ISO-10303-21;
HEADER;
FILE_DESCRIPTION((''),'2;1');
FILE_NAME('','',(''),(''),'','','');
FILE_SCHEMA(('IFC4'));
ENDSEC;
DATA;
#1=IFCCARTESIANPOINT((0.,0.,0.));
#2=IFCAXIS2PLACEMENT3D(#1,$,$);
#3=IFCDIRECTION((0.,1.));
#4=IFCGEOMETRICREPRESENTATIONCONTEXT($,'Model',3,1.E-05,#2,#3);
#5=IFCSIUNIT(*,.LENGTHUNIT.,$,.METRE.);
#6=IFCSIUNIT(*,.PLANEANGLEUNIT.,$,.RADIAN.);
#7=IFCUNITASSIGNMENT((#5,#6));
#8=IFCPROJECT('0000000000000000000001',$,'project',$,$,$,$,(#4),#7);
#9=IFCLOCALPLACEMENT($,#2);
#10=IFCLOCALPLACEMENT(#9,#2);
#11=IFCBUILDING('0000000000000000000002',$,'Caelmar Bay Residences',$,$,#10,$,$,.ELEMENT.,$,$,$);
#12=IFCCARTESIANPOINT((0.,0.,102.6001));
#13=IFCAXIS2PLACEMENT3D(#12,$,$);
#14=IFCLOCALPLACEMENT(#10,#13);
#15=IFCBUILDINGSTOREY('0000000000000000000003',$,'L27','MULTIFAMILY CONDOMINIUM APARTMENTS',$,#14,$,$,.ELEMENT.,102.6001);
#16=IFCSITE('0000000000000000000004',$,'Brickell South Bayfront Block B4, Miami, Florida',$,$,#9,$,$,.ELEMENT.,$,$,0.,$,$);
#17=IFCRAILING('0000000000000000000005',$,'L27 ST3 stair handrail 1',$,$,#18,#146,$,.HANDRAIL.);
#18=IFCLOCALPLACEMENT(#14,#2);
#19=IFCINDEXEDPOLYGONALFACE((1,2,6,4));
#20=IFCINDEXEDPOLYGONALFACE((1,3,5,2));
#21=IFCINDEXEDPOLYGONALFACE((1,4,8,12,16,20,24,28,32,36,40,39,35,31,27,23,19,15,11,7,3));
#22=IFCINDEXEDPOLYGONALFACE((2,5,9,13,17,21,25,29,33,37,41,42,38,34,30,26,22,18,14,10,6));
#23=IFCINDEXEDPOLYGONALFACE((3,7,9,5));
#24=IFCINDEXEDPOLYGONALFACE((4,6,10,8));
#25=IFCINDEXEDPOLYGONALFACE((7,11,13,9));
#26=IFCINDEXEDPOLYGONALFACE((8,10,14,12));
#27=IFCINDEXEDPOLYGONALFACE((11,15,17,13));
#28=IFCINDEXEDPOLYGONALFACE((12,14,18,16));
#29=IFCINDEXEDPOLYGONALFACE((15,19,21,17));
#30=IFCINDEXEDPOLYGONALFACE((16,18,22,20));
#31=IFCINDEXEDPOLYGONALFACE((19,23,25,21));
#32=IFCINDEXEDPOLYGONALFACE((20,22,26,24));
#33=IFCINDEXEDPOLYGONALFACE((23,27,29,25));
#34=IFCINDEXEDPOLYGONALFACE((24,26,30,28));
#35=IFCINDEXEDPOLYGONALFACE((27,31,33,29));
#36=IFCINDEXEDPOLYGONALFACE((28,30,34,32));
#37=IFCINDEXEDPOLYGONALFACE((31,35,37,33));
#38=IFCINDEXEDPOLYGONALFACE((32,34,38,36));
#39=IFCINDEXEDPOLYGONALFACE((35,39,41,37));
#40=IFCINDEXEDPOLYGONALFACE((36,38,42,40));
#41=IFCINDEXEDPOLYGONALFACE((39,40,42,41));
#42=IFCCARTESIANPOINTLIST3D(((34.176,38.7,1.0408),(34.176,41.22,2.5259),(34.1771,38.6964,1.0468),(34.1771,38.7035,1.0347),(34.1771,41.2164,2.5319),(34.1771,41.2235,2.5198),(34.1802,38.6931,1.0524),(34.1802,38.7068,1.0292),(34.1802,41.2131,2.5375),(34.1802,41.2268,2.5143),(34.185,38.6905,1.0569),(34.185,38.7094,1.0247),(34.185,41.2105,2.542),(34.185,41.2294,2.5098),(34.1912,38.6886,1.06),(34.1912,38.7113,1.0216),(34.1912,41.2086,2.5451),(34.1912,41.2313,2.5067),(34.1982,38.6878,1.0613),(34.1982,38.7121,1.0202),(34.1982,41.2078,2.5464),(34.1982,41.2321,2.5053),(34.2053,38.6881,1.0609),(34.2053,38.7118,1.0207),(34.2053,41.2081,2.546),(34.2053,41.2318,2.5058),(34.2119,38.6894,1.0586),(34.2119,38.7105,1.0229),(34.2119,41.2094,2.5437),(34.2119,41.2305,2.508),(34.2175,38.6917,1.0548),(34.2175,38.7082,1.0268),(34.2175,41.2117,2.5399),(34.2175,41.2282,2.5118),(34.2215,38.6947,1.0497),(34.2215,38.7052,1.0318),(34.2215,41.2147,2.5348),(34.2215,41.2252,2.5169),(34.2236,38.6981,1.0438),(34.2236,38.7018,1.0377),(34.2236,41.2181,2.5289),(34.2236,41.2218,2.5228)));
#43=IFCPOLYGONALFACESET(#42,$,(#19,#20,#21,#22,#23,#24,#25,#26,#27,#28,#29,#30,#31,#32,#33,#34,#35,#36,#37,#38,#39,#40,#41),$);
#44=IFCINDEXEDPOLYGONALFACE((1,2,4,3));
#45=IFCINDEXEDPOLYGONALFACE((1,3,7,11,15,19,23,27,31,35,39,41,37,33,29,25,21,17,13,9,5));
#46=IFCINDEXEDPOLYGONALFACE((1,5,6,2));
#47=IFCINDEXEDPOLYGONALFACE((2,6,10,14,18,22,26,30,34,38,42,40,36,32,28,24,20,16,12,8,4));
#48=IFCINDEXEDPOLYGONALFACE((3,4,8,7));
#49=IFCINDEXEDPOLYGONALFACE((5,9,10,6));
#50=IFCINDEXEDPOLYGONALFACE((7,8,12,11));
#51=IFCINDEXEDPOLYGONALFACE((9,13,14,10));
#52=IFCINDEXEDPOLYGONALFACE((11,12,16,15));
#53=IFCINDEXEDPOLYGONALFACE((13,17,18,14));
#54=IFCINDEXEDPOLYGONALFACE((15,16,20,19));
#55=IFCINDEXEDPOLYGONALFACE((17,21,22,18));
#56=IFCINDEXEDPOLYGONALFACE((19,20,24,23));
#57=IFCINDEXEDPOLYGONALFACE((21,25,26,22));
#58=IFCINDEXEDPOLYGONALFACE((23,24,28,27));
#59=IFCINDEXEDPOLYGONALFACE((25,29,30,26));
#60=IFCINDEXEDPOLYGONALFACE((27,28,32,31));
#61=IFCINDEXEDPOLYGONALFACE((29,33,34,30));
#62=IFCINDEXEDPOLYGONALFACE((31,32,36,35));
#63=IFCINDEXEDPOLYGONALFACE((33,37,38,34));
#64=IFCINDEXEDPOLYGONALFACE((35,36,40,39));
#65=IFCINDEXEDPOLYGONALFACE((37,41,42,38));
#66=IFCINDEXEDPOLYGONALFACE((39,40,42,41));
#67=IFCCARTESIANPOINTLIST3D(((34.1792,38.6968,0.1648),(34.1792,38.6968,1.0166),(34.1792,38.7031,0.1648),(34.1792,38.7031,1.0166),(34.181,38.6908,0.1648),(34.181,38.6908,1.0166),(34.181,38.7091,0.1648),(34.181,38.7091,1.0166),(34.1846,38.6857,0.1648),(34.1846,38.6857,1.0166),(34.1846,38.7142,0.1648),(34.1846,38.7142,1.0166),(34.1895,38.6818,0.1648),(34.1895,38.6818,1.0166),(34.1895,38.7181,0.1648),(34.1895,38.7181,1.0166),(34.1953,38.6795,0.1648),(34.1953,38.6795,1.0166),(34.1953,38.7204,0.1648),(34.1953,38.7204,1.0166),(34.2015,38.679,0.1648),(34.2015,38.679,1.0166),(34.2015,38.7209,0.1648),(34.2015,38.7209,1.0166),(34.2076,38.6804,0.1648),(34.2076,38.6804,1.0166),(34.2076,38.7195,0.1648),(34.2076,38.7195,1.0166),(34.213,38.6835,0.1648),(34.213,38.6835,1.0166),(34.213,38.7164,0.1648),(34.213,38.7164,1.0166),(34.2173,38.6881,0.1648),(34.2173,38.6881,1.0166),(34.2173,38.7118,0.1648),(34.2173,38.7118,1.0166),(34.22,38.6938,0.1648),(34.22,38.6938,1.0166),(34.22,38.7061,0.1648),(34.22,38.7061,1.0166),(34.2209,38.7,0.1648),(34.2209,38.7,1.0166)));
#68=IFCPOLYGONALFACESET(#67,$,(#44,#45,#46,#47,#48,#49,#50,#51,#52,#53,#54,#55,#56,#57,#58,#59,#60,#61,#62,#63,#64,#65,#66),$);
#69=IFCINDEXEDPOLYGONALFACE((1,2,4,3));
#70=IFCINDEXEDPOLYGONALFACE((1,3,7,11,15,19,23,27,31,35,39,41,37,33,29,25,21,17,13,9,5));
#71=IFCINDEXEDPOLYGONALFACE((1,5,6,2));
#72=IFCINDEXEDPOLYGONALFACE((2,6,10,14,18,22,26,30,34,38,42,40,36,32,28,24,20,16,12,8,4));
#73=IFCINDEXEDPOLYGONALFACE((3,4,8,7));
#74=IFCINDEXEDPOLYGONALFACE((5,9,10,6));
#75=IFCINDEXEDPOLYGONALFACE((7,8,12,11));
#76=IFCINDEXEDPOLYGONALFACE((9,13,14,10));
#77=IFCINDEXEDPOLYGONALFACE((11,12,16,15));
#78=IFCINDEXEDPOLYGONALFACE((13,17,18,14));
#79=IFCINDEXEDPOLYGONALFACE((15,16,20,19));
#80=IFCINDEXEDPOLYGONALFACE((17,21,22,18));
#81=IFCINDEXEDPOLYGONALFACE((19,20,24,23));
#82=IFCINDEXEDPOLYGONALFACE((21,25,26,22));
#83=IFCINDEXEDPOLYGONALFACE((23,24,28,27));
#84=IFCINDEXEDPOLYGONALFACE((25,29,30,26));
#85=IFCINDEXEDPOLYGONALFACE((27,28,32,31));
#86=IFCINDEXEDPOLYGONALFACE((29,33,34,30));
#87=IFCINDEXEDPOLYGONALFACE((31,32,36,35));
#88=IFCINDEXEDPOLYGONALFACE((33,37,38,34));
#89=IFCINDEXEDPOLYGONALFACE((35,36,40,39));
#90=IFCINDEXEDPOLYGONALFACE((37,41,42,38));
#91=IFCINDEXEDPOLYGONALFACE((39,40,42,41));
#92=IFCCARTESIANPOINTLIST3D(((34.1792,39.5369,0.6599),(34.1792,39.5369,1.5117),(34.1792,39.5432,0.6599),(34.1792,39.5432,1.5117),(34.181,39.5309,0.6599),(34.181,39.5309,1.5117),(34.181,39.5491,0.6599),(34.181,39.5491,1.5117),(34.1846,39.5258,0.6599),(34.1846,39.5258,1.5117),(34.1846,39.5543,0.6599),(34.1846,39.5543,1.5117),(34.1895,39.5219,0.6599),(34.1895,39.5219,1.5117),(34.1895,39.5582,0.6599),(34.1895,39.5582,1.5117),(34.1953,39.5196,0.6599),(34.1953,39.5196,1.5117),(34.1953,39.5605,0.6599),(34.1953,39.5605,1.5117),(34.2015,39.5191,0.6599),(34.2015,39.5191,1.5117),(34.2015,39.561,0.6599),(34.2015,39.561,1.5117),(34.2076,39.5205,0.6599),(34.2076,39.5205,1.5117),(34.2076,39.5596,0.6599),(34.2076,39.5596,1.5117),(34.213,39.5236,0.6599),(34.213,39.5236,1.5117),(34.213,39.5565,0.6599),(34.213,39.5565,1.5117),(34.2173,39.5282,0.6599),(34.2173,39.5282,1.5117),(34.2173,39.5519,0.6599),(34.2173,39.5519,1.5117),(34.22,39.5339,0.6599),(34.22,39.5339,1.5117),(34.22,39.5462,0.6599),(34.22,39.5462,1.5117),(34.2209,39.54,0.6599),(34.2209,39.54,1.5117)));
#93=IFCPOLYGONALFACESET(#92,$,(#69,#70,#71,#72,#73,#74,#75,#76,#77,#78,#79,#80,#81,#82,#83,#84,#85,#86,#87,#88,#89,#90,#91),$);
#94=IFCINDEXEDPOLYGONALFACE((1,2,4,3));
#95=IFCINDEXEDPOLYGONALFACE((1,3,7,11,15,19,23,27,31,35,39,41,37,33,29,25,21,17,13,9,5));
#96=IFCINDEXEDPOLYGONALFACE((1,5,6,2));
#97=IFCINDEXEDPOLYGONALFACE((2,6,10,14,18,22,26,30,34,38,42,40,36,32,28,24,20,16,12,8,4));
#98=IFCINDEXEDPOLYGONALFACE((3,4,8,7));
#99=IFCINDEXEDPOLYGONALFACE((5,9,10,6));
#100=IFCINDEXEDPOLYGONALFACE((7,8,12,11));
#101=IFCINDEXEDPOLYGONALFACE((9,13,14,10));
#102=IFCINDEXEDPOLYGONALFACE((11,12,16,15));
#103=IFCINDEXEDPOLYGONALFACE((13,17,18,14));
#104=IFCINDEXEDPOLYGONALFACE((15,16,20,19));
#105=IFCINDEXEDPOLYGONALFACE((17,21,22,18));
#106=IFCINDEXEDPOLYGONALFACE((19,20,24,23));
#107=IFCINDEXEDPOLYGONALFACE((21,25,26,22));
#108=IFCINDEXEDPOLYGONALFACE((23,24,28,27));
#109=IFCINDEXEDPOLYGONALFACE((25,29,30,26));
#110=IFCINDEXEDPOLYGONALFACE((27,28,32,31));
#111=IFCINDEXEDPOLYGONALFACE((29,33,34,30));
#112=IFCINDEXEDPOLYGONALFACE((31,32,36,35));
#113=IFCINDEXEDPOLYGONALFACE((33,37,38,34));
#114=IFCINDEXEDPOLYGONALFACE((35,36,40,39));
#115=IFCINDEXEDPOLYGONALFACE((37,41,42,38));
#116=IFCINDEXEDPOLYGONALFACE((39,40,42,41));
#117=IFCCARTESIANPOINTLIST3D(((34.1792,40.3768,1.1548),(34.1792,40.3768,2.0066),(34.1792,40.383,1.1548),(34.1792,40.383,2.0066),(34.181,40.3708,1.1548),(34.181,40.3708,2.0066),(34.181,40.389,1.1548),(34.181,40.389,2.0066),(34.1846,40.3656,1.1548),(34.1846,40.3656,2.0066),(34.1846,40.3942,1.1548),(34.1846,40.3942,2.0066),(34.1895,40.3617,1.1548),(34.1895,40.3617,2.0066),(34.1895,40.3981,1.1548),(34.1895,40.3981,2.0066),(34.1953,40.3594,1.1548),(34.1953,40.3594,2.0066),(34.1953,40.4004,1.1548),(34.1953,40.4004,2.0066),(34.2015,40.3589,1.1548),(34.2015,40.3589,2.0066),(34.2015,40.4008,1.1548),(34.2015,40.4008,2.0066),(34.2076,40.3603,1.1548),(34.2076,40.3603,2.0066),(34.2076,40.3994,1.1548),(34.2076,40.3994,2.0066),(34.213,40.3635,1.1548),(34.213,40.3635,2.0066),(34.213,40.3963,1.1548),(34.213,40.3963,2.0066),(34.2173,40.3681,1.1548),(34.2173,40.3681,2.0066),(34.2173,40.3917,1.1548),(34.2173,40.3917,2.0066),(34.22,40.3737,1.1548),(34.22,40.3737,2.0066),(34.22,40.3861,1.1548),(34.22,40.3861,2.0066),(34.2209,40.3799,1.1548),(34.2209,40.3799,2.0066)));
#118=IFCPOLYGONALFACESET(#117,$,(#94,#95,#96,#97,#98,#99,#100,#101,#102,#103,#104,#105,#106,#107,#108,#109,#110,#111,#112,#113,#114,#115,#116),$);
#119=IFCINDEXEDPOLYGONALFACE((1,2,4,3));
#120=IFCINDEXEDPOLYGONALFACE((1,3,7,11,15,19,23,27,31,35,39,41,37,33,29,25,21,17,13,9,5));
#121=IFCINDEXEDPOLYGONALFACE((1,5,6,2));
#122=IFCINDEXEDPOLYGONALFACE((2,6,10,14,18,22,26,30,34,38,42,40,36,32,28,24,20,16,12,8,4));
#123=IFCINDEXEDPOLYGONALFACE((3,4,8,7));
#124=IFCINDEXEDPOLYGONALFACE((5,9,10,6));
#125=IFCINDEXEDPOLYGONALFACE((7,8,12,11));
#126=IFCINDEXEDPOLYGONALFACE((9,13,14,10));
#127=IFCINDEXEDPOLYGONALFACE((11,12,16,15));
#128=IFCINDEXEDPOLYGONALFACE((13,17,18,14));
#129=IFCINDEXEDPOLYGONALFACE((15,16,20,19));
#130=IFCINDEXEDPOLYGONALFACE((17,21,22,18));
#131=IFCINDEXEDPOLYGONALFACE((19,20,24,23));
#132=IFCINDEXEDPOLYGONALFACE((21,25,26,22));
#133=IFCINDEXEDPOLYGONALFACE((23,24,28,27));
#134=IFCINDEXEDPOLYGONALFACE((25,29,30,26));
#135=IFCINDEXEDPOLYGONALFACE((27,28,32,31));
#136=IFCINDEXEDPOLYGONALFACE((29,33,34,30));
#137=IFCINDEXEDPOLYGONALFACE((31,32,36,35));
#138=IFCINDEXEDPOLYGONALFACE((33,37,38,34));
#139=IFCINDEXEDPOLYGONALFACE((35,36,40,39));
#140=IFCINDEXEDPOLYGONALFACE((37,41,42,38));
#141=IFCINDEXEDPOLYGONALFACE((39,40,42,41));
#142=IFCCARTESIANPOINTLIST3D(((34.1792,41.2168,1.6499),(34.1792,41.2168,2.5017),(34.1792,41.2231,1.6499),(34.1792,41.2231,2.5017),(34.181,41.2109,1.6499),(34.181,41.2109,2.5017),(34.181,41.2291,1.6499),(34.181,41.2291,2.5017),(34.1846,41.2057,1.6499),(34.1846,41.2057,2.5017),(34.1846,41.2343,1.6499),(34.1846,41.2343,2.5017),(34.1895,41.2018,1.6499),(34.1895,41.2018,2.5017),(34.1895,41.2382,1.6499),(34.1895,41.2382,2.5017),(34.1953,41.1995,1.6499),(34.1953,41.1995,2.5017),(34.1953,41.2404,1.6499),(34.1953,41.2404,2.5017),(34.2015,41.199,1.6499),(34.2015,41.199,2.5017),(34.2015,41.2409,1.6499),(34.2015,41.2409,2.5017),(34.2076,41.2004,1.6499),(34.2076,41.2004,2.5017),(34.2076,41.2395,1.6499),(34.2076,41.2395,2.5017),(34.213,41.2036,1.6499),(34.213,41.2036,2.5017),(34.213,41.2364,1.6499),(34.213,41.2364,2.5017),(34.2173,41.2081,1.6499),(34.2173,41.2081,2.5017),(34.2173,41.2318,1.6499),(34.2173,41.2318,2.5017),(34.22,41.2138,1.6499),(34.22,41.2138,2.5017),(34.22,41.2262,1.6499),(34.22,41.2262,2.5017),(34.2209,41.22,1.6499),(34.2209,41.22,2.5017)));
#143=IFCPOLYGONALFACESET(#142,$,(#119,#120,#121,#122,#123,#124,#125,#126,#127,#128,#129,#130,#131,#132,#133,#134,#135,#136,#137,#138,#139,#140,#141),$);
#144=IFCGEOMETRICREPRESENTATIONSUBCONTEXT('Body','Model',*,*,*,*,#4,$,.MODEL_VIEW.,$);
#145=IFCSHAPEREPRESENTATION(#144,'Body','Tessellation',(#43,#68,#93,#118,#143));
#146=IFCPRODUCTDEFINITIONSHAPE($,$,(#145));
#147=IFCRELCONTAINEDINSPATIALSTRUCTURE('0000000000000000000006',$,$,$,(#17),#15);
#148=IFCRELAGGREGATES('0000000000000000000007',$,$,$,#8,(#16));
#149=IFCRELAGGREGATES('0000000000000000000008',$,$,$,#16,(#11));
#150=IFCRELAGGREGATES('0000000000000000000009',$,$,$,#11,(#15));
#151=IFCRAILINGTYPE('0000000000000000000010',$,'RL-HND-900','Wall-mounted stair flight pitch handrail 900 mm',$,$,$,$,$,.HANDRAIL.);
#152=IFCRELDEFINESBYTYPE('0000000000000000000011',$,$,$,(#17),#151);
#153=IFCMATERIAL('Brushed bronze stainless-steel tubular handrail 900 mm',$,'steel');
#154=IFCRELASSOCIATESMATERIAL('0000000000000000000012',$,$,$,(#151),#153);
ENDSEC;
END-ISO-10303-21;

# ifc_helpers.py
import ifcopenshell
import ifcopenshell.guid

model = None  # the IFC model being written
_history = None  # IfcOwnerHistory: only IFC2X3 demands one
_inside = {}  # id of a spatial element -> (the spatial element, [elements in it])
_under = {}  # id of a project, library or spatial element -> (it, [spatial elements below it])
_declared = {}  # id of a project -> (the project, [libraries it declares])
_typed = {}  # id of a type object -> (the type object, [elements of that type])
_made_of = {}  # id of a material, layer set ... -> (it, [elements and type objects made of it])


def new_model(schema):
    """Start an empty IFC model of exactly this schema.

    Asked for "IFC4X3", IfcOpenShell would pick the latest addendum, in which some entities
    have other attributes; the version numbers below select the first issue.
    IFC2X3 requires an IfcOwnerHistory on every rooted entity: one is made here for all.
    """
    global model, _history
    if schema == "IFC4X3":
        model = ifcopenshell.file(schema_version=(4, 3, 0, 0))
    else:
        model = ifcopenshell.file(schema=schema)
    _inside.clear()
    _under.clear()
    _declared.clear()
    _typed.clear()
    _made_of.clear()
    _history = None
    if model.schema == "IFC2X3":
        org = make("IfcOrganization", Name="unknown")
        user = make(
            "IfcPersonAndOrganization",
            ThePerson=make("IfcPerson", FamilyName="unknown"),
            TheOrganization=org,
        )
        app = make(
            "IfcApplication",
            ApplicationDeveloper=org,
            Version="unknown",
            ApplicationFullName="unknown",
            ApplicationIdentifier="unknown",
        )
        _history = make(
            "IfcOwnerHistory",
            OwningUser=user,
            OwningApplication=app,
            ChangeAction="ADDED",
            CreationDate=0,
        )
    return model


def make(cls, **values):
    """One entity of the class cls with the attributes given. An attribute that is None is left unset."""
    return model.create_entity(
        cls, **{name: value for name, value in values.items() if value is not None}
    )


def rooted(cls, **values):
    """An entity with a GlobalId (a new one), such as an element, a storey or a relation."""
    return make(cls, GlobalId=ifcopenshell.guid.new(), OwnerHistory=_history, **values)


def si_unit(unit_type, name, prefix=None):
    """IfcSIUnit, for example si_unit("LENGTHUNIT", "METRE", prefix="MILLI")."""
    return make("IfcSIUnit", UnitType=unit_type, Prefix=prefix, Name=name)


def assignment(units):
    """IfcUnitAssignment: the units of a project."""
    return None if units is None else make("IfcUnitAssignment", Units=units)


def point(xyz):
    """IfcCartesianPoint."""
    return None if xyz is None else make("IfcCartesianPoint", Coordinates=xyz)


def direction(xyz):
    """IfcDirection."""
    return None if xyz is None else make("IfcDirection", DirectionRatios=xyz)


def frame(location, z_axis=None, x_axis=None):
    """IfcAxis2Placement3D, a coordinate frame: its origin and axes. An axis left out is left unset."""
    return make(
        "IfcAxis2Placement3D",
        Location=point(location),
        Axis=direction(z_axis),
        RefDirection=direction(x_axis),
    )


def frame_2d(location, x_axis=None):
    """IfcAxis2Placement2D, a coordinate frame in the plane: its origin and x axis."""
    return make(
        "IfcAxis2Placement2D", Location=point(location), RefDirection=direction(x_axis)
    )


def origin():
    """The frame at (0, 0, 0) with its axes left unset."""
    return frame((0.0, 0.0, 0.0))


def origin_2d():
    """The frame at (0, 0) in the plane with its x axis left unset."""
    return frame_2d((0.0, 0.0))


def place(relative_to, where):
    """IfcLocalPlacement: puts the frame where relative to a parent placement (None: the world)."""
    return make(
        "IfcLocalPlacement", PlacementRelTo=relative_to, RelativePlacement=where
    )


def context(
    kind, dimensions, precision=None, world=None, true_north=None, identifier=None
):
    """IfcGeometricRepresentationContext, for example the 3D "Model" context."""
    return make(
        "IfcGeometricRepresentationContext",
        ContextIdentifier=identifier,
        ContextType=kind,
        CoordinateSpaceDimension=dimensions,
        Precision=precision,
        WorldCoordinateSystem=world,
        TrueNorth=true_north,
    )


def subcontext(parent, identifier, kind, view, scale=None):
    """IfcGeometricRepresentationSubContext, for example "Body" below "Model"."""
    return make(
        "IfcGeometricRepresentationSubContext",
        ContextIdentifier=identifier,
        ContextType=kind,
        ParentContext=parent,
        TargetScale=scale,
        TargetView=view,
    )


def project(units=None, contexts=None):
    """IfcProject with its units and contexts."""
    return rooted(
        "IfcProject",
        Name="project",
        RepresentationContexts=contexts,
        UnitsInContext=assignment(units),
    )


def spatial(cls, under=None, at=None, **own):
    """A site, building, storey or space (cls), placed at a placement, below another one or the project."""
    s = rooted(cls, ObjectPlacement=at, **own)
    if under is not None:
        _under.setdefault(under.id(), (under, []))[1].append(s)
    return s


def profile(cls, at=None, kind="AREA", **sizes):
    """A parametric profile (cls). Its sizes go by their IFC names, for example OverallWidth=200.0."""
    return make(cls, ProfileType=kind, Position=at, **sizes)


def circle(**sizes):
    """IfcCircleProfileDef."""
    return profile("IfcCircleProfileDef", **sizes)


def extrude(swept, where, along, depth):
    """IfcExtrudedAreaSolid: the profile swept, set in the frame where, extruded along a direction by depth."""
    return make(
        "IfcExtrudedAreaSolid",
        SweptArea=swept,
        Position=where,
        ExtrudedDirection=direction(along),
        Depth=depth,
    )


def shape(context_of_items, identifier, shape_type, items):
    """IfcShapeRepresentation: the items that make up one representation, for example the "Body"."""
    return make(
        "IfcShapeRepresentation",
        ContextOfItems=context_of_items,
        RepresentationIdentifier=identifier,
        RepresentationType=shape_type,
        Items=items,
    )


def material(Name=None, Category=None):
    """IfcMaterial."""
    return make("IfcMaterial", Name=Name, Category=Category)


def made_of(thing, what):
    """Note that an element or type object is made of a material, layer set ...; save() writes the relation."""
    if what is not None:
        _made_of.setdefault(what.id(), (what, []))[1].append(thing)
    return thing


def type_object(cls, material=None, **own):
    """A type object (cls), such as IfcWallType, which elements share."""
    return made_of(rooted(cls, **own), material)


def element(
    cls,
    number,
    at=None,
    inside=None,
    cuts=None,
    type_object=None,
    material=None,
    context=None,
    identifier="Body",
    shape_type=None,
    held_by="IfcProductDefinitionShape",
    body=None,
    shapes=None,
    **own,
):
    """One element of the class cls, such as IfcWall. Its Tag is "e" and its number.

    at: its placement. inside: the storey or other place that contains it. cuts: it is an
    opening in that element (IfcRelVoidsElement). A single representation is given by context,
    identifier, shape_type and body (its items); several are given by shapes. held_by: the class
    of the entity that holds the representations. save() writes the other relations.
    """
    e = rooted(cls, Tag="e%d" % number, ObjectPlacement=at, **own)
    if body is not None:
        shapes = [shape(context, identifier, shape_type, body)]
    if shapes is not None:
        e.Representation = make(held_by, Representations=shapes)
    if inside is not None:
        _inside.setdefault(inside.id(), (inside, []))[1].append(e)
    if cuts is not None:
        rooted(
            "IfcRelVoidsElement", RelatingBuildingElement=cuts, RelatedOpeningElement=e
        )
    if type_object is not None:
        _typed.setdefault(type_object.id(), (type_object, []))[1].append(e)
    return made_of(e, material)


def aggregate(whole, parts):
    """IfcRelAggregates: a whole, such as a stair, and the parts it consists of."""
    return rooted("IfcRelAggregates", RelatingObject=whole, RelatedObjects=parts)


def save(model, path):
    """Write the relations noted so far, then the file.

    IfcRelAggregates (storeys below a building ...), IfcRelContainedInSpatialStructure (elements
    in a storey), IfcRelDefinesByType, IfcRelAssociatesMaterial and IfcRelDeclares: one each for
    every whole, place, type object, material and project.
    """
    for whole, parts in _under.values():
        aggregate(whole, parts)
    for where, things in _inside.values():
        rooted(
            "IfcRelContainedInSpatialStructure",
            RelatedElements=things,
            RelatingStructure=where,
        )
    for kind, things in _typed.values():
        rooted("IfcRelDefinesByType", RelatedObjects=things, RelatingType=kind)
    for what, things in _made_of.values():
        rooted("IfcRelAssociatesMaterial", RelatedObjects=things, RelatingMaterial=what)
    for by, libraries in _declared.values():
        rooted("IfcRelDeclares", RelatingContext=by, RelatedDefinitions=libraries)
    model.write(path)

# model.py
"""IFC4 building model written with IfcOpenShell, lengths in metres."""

from ifc_helpers import new_model, si_unit, direction, frame, origin, origin_2d, place, context, subcontext, project, spatial, circle, extrude, material, type_object, element, save


model = new_model("IFC4")

# Units and contexts
model_context = context("Model", 3, precision=1e-05, world=origin(), true_north=direction((0.0, 1.0)))
body_context = subcontext(model_context, "Body", "Model", "MODEL_VIEW")
ifc_project = project(units=[si_unit("LENGTHUNIT", "METRE"), si_unit("PLANEANGLEUNIT", "RADIAN")], contexts=[model_context])

# Site, building, storey
site_placement = place(None, origin())
site = spatial("IfcSite", under=ifc_project, at=site_placement, Name="Brickell South Bayfront Block B4, Miami, Florida", CompositionType="ELEMENT", RefElevation=0.0)
building_placement = place(site_placement, origin())
building = spatial("IfcBuilding", under=site, at=building_placement, Name="Caelmar Bay Residences", CompositionType="ELEMENT")
storey_placement = place(building_placement, frame((0.0, 0.0, 102.6001)))
storey = spatial("IfcBuildingStorey", under=building, at=storey_placement, Name="L27", Description="MULTIFAMILY CONDOMINIUM APARTMENTS", CompositionType="ELEMENT", Elevation=102.6001)

# Railing
ifc_material_1 = material(Name="Brushed bronze stainless-steel tubular handrail 900 mm", Category="steel")
railing_type_1 = type_object("IfcRailingType", Name="RL-HND-900", Description="Wall-mounted stair flight pitch handrail 900 mm", PredefinedType="HANDRAIL", material=ifc_material_1)
railing_1_placement = place(storey_placement, frame((34.2, 38.7, 0.1648)))
element("IfcRailing", 1, at=railing_1_placement, inside=storey, type_object=railing_type_1, Name="L27 ST3 stair handrail 1", PredefinedType="HANDRAIL", context=body_context, shape_type="SweptSolid", body=[
    extrude(circle(Radius=0.0239, at=origin_2d()), frame((0.0, 0.0, 0.876), z_axis=(0.0, 0.861524, 0.507717), x_axis=(-1.0, 0.0, 0.0)), (0.0, 0.0, 1.0), 2.925),
    extrude(circle(Radius=0.021, at=origin_2d()), origin(), (0.0, 0.0, 1.0), 0.8518),
    extrude(circle(Radius=0.021, at=origin_2d()), frame((0.0, 0.8401, 0.4951)), (0.0, 0.0, 1.0), 0.8518),
    extrude(circle(Radius=0.021, at=origin_2d()), frame((0.0, 1.6799, 0.99)), (0.0, 0.0, 1.0), 0.8518),
    extrude(circle(Radius=0.021, at=origin_2d()), frame((0.0, 2.52, 1.4851)), (0.0, 0.0, 1.0), 0.8518),
])

save(model, "model.ifc")
